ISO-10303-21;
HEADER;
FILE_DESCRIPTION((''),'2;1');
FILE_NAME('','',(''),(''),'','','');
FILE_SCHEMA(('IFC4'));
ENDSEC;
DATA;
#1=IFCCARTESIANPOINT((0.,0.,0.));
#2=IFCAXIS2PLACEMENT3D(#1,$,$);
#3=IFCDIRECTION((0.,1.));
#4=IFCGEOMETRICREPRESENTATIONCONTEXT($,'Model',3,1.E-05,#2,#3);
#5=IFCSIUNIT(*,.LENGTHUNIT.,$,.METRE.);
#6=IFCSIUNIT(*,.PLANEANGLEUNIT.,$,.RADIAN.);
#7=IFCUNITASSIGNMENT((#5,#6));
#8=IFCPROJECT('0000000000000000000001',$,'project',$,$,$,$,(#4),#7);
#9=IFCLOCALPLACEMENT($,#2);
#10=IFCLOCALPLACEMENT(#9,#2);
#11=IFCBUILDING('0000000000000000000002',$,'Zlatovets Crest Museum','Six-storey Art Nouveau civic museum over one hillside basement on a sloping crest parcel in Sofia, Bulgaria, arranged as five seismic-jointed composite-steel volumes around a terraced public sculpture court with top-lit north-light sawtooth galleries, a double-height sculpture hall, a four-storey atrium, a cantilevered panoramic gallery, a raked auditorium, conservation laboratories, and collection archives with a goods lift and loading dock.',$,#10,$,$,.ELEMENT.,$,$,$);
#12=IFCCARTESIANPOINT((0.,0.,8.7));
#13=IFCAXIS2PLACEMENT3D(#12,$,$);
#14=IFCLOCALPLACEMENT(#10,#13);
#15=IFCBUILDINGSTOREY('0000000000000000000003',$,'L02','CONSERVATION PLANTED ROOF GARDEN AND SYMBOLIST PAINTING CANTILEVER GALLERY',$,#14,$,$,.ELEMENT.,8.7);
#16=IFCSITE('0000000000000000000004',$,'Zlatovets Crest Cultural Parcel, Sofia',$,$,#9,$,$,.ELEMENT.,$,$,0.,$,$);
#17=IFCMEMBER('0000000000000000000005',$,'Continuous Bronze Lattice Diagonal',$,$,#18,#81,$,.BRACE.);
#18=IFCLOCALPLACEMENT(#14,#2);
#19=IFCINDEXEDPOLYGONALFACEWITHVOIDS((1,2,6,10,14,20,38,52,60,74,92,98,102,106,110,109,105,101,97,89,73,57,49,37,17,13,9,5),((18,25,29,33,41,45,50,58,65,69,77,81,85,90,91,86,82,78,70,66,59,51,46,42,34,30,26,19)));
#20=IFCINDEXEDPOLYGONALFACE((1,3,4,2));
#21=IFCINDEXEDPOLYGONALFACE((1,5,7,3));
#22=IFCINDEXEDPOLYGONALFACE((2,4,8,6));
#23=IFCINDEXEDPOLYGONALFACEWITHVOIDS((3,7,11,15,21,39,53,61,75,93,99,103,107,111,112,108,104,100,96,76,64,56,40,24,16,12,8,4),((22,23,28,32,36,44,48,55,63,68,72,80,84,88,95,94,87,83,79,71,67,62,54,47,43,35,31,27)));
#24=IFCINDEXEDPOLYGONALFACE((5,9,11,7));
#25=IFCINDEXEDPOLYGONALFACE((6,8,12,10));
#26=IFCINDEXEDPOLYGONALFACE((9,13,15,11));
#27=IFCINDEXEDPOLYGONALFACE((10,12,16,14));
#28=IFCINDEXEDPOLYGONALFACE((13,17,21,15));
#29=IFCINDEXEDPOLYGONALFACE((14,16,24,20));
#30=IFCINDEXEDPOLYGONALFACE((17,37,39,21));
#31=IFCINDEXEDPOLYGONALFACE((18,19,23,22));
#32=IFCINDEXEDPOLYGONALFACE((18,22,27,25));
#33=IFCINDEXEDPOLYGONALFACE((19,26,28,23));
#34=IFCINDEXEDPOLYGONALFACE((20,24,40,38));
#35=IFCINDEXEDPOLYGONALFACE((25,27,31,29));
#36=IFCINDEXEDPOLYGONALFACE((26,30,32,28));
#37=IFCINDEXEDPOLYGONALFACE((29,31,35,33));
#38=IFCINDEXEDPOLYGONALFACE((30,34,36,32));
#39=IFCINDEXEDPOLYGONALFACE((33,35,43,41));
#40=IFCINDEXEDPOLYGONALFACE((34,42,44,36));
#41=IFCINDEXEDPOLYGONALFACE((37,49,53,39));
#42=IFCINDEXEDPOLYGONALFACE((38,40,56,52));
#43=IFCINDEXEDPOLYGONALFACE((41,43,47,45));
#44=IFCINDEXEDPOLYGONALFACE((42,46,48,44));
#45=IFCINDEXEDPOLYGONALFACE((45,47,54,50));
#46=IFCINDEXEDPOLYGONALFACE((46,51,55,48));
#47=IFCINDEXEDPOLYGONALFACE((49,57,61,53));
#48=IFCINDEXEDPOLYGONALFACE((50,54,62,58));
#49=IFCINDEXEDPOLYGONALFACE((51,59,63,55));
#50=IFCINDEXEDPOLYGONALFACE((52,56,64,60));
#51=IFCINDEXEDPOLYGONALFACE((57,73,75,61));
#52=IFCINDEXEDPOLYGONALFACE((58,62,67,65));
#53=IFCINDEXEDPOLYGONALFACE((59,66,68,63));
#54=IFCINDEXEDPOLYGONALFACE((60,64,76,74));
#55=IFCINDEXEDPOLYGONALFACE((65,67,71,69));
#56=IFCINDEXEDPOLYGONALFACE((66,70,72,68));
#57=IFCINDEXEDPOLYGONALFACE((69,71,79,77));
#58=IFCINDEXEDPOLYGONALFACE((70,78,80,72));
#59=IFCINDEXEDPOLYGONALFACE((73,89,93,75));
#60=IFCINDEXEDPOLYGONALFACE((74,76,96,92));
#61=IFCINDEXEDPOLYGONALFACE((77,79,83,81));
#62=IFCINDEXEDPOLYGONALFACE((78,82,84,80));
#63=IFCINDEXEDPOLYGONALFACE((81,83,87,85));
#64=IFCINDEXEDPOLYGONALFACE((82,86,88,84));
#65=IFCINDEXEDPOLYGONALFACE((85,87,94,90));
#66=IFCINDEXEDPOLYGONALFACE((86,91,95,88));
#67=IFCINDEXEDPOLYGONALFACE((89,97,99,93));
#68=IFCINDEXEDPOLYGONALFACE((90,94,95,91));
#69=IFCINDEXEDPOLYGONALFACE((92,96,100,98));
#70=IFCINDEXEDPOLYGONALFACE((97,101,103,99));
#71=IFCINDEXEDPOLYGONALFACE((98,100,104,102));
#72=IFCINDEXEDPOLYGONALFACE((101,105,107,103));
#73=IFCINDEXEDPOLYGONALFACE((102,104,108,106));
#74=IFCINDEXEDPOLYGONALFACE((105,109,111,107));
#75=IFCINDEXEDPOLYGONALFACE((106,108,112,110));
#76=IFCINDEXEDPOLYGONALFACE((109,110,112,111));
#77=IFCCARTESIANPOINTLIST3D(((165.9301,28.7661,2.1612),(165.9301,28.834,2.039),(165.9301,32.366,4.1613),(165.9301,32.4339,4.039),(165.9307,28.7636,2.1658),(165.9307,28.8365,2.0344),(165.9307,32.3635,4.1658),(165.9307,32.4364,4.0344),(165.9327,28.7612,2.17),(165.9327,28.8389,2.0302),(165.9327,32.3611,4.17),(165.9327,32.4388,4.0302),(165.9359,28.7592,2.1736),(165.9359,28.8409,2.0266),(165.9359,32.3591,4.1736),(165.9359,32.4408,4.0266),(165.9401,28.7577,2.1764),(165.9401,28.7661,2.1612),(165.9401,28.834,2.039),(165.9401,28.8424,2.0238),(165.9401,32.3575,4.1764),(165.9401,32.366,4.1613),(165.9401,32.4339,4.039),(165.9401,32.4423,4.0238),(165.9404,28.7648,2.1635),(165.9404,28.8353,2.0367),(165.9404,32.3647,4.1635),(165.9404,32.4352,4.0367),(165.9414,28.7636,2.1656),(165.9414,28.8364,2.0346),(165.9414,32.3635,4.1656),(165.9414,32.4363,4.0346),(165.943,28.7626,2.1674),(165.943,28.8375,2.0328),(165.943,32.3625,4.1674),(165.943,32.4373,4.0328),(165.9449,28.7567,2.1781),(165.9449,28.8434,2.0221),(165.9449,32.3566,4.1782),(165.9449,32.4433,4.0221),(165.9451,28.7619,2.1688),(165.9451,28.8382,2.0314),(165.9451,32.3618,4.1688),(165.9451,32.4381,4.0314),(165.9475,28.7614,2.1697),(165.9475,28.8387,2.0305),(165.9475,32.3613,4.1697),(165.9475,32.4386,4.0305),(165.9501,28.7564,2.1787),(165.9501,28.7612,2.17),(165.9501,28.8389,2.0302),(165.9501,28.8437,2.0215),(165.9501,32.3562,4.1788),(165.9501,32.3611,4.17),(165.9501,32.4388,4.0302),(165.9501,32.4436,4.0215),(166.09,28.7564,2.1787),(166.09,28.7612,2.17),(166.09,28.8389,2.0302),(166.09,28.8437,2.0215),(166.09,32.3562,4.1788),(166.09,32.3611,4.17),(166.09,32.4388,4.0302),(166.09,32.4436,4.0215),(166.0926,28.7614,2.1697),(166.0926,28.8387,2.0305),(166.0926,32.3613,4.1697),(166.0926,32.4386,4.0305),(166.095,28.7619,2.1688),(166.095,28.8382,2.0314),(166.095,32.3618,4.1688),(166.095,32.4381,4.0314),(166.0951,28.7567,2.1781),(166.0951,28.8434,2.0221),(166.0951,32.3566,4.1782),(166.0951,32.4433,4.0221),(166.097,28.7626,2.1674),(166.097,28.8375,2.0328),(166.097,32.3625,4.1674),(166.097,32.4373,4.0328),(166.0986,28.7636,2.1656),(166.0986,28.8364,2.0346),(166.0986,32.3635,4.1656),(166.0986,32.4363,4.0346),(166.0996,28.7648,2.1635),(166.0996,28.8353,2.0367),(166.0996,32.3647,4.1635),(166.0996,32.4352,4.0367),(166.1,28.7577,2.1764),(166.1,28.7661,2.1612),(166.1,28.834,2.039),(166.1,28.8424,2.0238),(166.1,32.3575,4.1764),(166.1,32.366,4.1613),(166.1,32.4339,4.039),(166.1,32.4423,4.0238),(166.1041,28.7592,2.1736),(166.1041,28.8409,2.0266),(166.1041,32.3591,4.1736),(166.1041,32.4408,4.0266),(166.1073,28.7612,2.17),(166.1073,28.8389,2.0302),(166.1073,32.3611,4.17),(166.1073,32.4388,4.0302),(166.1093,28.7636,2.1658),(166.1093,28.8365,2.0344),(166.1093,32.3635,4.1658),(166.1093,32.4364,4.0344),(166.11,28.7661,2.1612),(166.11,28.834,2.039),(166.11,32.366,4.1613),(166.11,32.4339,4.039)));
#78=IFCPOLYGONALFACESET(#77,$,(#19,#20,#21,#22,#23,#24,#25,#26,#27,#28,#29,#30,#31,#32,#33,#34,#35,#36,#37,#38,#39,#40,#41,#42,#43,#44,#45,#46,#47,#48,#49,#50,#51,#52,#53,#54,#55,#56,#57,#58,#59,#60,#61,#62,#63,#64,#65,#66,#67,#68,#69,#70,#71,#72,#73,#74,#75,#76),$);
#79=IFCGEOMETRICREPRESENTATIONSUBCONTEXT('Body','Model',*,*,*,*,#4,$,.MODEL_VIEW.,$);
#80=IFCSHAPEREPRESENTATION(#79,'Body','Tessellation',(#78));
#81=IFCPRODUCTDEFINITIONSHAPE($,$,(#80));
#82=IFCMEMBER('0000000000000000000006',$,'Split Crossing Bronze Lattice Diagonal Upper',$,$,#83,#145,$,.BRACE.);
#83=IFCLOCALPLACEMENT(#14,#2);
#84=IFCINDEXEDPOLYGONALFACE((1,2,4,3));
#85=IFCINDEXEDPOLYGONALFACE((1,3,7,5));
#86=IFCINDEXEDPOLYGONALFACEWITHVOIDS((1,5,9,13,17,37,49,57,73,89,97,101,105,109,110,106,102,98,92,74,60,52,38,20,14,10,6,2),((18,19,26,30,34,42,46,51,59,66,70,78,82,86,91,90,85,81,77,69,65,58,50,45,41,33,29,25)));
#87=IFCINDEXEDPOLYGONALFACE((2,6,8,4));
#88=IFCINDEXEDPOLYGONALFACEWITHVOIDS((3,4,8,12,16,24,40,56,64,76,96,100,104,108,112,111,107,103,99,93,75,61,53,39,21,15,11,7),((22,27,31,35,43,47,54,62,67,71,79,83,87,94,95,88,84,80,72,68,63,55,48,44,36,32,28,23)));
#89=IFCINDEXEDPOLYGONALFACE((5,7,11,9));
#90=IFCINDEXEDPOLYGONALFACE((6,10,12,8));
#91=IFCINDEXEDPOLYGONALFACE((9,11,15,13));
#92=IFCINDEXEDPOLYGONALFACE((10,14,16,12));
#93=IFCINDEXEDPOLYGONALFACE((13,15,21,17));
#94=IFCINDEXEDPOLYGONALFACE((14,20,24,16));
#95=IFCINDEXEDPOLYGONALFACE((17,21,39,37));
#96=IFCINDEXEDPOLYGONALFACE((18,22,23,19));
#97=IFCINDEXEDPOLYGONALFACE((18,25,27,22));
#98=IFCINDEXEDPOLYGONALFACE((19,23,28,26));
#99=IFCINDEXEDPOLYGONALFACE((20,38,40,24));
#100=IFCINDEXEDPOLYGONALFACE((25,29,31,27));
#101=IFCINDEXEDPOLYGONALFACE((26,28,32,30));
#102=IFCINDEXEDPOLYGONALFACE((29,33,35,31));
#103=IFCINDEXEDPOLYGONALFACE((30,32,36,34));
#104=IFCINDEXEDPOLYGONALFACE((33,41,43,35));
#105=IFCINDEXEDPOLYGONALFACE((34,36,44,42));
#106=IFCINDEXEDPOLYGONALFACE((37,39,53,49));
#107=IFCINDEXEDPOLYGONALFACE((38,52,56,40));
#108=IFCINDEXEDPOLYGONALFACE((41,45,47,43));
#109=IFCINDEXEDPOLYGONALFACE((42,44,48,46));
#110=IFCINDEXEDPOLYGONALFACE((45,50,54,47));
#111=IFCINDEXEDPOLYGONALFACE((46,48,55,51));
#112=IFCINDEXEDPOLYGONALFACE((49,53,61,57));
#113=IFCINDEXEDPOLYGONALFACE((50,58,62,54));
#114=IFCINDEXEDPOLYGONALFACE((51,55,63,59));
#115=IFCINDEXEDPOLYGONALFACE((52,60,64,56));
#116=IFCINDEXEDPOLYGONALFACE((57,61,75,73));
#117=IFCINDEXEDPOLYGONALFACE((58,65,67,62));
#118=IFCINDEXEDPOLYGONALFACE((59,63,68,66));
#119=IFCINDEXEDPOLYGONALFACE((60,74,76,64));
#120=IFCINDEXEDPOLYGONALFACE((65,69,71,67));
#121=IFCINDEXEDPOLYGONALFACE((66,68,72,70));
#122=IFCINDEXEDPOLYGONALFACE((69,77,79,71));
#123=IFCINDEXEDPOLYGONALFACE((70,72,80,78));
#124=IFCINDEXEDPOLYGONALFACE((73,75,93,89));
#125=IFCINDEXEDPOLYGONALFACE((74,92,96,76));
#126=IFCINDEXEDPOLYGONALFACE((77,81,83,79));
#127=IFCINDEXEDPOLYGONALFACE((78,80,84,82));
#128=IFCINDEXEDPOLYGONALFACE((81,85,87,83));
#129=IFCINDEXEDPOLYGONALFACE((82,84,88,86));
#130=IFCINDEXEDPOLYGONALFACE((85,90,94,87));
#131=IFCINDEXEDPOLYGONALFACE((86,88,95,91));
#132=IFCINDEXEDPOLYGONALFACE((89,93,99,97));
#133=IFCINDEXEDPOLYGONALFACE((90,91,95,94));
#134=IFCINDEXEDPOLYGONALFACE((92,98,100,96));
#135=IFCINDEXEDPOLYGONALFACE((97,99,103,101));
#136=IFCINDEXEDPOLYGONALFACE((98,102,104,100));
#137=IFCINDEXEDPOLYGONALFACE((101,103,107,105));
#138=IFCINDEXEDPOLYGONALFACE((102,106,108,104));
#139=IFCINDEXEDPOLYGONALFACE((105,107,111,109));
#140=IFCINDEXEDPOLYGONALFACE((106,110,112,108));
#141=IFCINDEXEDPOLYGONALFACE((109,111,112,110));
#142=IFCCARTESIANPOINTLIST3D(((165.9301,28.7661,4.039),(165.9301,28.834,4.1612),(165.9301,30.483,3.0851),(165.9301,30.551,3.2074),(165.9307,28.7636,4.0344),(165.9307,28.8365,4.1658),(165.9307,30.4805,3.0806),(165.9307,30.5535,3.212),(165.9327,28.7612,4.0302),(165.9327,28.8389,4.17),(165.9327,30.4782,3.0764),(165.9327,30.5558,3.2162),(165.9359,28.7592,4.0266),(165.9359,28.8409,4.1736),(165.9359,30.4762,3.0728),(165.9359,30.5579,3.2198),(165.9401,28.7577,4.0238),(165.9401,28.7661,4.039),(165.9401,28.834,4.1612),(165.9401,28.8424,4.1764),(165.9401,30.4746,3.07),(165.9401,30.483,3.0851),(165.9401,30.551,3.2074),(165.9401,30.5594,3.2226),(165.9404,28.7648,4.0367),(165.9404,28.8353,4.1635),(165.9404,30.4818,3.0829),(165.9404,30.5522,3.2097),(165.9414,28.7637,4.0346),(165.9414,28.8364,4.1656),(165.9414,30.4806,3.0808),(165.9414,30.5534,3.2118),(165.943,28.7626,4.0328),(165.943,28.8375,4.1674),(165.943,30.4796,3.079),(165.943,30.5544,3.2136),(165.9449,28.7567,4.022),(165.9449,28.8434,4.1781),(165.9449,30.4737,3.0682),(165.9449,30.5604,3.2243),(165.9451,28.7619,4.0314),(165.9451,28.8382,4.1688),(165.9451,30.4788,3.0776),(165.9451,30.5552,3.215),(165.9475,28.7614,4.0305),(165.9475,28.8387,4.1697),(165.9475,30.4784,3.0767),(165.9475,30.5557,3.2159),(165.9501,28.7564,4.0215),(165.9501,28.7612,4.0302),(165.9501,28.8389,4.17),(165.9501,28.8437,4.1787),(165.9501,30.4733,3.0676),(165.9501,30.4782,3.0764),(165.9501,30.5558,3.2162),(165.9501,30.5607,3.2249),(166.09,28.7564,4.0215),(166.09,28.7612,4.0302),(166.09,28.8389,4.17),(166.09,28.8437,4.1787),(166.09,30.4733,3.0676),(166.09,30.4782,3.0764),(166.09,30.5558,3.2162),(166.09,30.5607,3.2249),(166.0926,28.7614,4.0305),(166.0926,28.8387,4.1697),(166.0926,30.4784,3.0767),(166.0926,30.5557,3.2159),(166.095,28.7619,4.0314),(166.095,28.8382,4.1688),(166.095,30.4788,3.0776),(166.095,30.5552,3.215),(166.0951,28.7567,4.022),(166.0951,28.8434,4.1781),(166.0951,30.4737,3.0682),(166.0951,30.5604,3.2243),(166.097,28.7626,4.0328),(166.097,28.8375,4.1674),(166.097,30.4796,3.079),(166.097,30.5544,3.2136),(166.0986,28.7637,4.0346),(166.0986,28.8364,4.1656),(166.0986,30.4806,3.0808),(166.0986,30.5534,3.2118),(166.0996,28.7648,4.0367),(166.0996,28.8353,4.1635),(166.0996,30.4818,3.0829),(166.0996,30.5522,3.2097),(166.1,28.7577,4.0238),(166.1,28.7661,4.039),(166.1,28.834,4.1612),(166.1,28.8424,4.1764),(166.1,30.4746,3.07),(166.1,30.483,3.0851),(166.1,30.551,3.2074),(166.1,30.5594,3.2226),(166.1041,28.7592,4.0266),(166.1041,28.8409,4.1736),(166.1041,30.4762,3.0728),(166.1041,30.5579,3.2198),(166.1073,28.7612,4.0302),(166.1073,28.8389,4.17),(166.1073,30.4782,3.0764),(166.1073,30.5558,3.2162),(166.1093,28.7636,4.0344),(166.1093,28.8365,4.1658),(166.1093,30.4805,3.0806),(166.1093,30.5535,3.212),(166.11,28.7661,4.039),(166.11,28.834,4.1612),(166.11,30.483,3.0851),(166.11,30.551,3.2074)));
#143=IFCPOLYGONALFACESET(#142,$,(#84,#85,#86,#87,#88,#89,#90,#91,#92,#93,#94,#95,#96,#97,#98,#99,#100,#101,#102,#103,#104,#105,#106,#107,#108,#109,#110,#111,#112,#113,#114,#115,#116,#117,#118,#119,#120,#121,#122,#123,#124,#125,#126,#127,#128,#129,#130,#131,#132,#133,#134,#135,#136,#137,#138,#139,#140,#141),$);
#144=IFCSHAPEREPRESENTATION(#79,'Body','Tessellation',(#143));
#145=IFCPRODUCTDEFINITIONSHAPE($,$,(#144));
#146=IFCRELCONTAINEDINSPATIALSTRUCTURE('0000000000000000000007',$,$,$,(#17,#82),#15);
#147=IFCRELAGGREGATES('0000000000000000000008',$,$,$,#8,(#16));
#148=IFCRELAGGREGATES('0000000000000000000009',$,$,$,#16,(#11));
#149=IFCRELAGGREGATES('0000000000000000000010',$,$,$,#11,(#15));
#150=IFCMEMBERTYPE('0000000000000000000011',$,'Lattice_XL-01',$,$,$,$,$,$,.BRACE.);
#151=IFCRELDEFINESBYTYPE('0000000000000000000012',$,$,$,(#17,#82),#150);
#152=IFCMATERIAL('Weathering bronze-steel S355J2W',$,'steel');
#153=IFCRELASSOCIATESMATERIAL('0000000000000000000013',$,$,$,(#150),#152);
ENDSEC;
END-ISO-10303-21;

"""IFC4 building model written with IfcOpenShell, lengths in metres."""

from ifc_helpers import new_model, si_unit, direction, frame, origin, origin_2d, place, context, subcontext, project, spatial, hollow_rectangle, extrude, material, material_profile, profile_set, type_object, element, save


model = new_model("IFC4")

# Units and contexts
model_context = context("Model", 3, precision=1e-05, world=origin(), true_north=direction((0.0, 1.0)))
body_context = subcontext(model_context, "Body", "Model", "MODEL_VIEW")
ifc_project = project(units=[si_unit("LENGTHUNIT", "METRE"), si_unit("PLANEANGLEUNIT", "RADIAN")], contexts=[model_context])

# Site, building, storey
site_placement = place(None, origin())
site = spatial("IfcSite", under=ifc_project, at=site_placement, Name="Zlatovets Crest Cultural Parcel, Sofia", CompositionType="ELEMENT", RefElevation=0.0)
building_placement = place(site_placement, origin())
building = spatial("IfcBuilding", under=site, at=building_placement, Name="Zlatovets Crest Museum", Description="Six-storey Art Nouveau civic museum over one hillside basement on a sloping crest parcel in Sofia, Bulgaria, arranged as five seismic-jointed composite-steel volumes around a terraced public sculpture court with top-lit north-light sawtooth galleries, a double-height sculpture hall, a four-storey atrium, a cantilevered panoramic gallery, a raked auditorium, conservation laboratories, and collection archives with a goods lift and loading dock.", CompositionType="ELEMENT")
storey_placement = place(building_placement, frame((0.0, 0.0, 8.7)))
storey = spatial("IfcBuildingStorey", under=building, at=storey_placement, Name="L02", Description="CONSERVATION PLANTED ROOF GARDEN AND SYMBOLIST PAINTING CANTILEVER GALLERY", CompositionType="ELEMENT", Elevation=8.7)

# Members
ifc_material_1 = material(Name="Weathering bronze-steel S355J2W", Category="steel")
ifc_material_profile_1 = material_profile(ifc_material_1, hollow_rectangle(XDim=0.1799, YDim=0.1799, WallThickness=0.01, InnerFilletRadius=0.01, OuterFilletRadius=0.02, at=origin_2d()), Name="SHS 180x180x10.0")
ifc_profile_set_1 = profile_set([ifc_material_profile_1], Name="Weathering bronze-steel S355J2W")
member_type_1 = type_object("IfcMemberType", Name="Lattice_XL-01", PredefinedType="BRACE", material=ifc_profile_set_1)
member_1_placement = place(storey_placement, frame((166.02, 28.8, 2.1001), z_axis=(0.0, 0.874149, 0.485658), x_axis=(-1.0, 0.0, 0.0)))
element("IfcMember", 1, at=member_1_placement, inside=storey, type_object=member_type_1, Name="Continuous Bronze Lattice Diagonal", PredefinedType="BRACE", context=body_context, shape_type="SweptSolid", body=[
    extrude(hollow_rectangle(XDim=0.1799, YDim=0.1799, WallThickness=0.01, InnerFilletRadius=0.01, OuterFilletRadius=0.02, at=origin_2d()), origin(), (0.0, 0.0, 1.0), 4.1182),
])
member_2_placement = place(storey_placement, frame((166.02, 28.8, 4.1001), z_axis=(0.0, 0.874169, -0.485622), x_axis=(-1.0, 0.0, 0.0)))
element("IfcMember", 2, at=member_2_placement, inside=storey, type_object=member_type_1, Name="Split Crossing Bronze Lattice Diagonal Upper", PredefinedType="BRACE", context=body_context, shape_type="SweptSolid", body=[
    extrude(hollow_rectangle(XDim=0.1799, YDim=0.1799, WallThickness=0.01, InnerFilletRadius=0.01, OuterFilletRadius=0.02, at=origin_2d()), origin(), (0.0, 0.0, 1.0), 1.9641),
])

save(model, "model.ifc")
